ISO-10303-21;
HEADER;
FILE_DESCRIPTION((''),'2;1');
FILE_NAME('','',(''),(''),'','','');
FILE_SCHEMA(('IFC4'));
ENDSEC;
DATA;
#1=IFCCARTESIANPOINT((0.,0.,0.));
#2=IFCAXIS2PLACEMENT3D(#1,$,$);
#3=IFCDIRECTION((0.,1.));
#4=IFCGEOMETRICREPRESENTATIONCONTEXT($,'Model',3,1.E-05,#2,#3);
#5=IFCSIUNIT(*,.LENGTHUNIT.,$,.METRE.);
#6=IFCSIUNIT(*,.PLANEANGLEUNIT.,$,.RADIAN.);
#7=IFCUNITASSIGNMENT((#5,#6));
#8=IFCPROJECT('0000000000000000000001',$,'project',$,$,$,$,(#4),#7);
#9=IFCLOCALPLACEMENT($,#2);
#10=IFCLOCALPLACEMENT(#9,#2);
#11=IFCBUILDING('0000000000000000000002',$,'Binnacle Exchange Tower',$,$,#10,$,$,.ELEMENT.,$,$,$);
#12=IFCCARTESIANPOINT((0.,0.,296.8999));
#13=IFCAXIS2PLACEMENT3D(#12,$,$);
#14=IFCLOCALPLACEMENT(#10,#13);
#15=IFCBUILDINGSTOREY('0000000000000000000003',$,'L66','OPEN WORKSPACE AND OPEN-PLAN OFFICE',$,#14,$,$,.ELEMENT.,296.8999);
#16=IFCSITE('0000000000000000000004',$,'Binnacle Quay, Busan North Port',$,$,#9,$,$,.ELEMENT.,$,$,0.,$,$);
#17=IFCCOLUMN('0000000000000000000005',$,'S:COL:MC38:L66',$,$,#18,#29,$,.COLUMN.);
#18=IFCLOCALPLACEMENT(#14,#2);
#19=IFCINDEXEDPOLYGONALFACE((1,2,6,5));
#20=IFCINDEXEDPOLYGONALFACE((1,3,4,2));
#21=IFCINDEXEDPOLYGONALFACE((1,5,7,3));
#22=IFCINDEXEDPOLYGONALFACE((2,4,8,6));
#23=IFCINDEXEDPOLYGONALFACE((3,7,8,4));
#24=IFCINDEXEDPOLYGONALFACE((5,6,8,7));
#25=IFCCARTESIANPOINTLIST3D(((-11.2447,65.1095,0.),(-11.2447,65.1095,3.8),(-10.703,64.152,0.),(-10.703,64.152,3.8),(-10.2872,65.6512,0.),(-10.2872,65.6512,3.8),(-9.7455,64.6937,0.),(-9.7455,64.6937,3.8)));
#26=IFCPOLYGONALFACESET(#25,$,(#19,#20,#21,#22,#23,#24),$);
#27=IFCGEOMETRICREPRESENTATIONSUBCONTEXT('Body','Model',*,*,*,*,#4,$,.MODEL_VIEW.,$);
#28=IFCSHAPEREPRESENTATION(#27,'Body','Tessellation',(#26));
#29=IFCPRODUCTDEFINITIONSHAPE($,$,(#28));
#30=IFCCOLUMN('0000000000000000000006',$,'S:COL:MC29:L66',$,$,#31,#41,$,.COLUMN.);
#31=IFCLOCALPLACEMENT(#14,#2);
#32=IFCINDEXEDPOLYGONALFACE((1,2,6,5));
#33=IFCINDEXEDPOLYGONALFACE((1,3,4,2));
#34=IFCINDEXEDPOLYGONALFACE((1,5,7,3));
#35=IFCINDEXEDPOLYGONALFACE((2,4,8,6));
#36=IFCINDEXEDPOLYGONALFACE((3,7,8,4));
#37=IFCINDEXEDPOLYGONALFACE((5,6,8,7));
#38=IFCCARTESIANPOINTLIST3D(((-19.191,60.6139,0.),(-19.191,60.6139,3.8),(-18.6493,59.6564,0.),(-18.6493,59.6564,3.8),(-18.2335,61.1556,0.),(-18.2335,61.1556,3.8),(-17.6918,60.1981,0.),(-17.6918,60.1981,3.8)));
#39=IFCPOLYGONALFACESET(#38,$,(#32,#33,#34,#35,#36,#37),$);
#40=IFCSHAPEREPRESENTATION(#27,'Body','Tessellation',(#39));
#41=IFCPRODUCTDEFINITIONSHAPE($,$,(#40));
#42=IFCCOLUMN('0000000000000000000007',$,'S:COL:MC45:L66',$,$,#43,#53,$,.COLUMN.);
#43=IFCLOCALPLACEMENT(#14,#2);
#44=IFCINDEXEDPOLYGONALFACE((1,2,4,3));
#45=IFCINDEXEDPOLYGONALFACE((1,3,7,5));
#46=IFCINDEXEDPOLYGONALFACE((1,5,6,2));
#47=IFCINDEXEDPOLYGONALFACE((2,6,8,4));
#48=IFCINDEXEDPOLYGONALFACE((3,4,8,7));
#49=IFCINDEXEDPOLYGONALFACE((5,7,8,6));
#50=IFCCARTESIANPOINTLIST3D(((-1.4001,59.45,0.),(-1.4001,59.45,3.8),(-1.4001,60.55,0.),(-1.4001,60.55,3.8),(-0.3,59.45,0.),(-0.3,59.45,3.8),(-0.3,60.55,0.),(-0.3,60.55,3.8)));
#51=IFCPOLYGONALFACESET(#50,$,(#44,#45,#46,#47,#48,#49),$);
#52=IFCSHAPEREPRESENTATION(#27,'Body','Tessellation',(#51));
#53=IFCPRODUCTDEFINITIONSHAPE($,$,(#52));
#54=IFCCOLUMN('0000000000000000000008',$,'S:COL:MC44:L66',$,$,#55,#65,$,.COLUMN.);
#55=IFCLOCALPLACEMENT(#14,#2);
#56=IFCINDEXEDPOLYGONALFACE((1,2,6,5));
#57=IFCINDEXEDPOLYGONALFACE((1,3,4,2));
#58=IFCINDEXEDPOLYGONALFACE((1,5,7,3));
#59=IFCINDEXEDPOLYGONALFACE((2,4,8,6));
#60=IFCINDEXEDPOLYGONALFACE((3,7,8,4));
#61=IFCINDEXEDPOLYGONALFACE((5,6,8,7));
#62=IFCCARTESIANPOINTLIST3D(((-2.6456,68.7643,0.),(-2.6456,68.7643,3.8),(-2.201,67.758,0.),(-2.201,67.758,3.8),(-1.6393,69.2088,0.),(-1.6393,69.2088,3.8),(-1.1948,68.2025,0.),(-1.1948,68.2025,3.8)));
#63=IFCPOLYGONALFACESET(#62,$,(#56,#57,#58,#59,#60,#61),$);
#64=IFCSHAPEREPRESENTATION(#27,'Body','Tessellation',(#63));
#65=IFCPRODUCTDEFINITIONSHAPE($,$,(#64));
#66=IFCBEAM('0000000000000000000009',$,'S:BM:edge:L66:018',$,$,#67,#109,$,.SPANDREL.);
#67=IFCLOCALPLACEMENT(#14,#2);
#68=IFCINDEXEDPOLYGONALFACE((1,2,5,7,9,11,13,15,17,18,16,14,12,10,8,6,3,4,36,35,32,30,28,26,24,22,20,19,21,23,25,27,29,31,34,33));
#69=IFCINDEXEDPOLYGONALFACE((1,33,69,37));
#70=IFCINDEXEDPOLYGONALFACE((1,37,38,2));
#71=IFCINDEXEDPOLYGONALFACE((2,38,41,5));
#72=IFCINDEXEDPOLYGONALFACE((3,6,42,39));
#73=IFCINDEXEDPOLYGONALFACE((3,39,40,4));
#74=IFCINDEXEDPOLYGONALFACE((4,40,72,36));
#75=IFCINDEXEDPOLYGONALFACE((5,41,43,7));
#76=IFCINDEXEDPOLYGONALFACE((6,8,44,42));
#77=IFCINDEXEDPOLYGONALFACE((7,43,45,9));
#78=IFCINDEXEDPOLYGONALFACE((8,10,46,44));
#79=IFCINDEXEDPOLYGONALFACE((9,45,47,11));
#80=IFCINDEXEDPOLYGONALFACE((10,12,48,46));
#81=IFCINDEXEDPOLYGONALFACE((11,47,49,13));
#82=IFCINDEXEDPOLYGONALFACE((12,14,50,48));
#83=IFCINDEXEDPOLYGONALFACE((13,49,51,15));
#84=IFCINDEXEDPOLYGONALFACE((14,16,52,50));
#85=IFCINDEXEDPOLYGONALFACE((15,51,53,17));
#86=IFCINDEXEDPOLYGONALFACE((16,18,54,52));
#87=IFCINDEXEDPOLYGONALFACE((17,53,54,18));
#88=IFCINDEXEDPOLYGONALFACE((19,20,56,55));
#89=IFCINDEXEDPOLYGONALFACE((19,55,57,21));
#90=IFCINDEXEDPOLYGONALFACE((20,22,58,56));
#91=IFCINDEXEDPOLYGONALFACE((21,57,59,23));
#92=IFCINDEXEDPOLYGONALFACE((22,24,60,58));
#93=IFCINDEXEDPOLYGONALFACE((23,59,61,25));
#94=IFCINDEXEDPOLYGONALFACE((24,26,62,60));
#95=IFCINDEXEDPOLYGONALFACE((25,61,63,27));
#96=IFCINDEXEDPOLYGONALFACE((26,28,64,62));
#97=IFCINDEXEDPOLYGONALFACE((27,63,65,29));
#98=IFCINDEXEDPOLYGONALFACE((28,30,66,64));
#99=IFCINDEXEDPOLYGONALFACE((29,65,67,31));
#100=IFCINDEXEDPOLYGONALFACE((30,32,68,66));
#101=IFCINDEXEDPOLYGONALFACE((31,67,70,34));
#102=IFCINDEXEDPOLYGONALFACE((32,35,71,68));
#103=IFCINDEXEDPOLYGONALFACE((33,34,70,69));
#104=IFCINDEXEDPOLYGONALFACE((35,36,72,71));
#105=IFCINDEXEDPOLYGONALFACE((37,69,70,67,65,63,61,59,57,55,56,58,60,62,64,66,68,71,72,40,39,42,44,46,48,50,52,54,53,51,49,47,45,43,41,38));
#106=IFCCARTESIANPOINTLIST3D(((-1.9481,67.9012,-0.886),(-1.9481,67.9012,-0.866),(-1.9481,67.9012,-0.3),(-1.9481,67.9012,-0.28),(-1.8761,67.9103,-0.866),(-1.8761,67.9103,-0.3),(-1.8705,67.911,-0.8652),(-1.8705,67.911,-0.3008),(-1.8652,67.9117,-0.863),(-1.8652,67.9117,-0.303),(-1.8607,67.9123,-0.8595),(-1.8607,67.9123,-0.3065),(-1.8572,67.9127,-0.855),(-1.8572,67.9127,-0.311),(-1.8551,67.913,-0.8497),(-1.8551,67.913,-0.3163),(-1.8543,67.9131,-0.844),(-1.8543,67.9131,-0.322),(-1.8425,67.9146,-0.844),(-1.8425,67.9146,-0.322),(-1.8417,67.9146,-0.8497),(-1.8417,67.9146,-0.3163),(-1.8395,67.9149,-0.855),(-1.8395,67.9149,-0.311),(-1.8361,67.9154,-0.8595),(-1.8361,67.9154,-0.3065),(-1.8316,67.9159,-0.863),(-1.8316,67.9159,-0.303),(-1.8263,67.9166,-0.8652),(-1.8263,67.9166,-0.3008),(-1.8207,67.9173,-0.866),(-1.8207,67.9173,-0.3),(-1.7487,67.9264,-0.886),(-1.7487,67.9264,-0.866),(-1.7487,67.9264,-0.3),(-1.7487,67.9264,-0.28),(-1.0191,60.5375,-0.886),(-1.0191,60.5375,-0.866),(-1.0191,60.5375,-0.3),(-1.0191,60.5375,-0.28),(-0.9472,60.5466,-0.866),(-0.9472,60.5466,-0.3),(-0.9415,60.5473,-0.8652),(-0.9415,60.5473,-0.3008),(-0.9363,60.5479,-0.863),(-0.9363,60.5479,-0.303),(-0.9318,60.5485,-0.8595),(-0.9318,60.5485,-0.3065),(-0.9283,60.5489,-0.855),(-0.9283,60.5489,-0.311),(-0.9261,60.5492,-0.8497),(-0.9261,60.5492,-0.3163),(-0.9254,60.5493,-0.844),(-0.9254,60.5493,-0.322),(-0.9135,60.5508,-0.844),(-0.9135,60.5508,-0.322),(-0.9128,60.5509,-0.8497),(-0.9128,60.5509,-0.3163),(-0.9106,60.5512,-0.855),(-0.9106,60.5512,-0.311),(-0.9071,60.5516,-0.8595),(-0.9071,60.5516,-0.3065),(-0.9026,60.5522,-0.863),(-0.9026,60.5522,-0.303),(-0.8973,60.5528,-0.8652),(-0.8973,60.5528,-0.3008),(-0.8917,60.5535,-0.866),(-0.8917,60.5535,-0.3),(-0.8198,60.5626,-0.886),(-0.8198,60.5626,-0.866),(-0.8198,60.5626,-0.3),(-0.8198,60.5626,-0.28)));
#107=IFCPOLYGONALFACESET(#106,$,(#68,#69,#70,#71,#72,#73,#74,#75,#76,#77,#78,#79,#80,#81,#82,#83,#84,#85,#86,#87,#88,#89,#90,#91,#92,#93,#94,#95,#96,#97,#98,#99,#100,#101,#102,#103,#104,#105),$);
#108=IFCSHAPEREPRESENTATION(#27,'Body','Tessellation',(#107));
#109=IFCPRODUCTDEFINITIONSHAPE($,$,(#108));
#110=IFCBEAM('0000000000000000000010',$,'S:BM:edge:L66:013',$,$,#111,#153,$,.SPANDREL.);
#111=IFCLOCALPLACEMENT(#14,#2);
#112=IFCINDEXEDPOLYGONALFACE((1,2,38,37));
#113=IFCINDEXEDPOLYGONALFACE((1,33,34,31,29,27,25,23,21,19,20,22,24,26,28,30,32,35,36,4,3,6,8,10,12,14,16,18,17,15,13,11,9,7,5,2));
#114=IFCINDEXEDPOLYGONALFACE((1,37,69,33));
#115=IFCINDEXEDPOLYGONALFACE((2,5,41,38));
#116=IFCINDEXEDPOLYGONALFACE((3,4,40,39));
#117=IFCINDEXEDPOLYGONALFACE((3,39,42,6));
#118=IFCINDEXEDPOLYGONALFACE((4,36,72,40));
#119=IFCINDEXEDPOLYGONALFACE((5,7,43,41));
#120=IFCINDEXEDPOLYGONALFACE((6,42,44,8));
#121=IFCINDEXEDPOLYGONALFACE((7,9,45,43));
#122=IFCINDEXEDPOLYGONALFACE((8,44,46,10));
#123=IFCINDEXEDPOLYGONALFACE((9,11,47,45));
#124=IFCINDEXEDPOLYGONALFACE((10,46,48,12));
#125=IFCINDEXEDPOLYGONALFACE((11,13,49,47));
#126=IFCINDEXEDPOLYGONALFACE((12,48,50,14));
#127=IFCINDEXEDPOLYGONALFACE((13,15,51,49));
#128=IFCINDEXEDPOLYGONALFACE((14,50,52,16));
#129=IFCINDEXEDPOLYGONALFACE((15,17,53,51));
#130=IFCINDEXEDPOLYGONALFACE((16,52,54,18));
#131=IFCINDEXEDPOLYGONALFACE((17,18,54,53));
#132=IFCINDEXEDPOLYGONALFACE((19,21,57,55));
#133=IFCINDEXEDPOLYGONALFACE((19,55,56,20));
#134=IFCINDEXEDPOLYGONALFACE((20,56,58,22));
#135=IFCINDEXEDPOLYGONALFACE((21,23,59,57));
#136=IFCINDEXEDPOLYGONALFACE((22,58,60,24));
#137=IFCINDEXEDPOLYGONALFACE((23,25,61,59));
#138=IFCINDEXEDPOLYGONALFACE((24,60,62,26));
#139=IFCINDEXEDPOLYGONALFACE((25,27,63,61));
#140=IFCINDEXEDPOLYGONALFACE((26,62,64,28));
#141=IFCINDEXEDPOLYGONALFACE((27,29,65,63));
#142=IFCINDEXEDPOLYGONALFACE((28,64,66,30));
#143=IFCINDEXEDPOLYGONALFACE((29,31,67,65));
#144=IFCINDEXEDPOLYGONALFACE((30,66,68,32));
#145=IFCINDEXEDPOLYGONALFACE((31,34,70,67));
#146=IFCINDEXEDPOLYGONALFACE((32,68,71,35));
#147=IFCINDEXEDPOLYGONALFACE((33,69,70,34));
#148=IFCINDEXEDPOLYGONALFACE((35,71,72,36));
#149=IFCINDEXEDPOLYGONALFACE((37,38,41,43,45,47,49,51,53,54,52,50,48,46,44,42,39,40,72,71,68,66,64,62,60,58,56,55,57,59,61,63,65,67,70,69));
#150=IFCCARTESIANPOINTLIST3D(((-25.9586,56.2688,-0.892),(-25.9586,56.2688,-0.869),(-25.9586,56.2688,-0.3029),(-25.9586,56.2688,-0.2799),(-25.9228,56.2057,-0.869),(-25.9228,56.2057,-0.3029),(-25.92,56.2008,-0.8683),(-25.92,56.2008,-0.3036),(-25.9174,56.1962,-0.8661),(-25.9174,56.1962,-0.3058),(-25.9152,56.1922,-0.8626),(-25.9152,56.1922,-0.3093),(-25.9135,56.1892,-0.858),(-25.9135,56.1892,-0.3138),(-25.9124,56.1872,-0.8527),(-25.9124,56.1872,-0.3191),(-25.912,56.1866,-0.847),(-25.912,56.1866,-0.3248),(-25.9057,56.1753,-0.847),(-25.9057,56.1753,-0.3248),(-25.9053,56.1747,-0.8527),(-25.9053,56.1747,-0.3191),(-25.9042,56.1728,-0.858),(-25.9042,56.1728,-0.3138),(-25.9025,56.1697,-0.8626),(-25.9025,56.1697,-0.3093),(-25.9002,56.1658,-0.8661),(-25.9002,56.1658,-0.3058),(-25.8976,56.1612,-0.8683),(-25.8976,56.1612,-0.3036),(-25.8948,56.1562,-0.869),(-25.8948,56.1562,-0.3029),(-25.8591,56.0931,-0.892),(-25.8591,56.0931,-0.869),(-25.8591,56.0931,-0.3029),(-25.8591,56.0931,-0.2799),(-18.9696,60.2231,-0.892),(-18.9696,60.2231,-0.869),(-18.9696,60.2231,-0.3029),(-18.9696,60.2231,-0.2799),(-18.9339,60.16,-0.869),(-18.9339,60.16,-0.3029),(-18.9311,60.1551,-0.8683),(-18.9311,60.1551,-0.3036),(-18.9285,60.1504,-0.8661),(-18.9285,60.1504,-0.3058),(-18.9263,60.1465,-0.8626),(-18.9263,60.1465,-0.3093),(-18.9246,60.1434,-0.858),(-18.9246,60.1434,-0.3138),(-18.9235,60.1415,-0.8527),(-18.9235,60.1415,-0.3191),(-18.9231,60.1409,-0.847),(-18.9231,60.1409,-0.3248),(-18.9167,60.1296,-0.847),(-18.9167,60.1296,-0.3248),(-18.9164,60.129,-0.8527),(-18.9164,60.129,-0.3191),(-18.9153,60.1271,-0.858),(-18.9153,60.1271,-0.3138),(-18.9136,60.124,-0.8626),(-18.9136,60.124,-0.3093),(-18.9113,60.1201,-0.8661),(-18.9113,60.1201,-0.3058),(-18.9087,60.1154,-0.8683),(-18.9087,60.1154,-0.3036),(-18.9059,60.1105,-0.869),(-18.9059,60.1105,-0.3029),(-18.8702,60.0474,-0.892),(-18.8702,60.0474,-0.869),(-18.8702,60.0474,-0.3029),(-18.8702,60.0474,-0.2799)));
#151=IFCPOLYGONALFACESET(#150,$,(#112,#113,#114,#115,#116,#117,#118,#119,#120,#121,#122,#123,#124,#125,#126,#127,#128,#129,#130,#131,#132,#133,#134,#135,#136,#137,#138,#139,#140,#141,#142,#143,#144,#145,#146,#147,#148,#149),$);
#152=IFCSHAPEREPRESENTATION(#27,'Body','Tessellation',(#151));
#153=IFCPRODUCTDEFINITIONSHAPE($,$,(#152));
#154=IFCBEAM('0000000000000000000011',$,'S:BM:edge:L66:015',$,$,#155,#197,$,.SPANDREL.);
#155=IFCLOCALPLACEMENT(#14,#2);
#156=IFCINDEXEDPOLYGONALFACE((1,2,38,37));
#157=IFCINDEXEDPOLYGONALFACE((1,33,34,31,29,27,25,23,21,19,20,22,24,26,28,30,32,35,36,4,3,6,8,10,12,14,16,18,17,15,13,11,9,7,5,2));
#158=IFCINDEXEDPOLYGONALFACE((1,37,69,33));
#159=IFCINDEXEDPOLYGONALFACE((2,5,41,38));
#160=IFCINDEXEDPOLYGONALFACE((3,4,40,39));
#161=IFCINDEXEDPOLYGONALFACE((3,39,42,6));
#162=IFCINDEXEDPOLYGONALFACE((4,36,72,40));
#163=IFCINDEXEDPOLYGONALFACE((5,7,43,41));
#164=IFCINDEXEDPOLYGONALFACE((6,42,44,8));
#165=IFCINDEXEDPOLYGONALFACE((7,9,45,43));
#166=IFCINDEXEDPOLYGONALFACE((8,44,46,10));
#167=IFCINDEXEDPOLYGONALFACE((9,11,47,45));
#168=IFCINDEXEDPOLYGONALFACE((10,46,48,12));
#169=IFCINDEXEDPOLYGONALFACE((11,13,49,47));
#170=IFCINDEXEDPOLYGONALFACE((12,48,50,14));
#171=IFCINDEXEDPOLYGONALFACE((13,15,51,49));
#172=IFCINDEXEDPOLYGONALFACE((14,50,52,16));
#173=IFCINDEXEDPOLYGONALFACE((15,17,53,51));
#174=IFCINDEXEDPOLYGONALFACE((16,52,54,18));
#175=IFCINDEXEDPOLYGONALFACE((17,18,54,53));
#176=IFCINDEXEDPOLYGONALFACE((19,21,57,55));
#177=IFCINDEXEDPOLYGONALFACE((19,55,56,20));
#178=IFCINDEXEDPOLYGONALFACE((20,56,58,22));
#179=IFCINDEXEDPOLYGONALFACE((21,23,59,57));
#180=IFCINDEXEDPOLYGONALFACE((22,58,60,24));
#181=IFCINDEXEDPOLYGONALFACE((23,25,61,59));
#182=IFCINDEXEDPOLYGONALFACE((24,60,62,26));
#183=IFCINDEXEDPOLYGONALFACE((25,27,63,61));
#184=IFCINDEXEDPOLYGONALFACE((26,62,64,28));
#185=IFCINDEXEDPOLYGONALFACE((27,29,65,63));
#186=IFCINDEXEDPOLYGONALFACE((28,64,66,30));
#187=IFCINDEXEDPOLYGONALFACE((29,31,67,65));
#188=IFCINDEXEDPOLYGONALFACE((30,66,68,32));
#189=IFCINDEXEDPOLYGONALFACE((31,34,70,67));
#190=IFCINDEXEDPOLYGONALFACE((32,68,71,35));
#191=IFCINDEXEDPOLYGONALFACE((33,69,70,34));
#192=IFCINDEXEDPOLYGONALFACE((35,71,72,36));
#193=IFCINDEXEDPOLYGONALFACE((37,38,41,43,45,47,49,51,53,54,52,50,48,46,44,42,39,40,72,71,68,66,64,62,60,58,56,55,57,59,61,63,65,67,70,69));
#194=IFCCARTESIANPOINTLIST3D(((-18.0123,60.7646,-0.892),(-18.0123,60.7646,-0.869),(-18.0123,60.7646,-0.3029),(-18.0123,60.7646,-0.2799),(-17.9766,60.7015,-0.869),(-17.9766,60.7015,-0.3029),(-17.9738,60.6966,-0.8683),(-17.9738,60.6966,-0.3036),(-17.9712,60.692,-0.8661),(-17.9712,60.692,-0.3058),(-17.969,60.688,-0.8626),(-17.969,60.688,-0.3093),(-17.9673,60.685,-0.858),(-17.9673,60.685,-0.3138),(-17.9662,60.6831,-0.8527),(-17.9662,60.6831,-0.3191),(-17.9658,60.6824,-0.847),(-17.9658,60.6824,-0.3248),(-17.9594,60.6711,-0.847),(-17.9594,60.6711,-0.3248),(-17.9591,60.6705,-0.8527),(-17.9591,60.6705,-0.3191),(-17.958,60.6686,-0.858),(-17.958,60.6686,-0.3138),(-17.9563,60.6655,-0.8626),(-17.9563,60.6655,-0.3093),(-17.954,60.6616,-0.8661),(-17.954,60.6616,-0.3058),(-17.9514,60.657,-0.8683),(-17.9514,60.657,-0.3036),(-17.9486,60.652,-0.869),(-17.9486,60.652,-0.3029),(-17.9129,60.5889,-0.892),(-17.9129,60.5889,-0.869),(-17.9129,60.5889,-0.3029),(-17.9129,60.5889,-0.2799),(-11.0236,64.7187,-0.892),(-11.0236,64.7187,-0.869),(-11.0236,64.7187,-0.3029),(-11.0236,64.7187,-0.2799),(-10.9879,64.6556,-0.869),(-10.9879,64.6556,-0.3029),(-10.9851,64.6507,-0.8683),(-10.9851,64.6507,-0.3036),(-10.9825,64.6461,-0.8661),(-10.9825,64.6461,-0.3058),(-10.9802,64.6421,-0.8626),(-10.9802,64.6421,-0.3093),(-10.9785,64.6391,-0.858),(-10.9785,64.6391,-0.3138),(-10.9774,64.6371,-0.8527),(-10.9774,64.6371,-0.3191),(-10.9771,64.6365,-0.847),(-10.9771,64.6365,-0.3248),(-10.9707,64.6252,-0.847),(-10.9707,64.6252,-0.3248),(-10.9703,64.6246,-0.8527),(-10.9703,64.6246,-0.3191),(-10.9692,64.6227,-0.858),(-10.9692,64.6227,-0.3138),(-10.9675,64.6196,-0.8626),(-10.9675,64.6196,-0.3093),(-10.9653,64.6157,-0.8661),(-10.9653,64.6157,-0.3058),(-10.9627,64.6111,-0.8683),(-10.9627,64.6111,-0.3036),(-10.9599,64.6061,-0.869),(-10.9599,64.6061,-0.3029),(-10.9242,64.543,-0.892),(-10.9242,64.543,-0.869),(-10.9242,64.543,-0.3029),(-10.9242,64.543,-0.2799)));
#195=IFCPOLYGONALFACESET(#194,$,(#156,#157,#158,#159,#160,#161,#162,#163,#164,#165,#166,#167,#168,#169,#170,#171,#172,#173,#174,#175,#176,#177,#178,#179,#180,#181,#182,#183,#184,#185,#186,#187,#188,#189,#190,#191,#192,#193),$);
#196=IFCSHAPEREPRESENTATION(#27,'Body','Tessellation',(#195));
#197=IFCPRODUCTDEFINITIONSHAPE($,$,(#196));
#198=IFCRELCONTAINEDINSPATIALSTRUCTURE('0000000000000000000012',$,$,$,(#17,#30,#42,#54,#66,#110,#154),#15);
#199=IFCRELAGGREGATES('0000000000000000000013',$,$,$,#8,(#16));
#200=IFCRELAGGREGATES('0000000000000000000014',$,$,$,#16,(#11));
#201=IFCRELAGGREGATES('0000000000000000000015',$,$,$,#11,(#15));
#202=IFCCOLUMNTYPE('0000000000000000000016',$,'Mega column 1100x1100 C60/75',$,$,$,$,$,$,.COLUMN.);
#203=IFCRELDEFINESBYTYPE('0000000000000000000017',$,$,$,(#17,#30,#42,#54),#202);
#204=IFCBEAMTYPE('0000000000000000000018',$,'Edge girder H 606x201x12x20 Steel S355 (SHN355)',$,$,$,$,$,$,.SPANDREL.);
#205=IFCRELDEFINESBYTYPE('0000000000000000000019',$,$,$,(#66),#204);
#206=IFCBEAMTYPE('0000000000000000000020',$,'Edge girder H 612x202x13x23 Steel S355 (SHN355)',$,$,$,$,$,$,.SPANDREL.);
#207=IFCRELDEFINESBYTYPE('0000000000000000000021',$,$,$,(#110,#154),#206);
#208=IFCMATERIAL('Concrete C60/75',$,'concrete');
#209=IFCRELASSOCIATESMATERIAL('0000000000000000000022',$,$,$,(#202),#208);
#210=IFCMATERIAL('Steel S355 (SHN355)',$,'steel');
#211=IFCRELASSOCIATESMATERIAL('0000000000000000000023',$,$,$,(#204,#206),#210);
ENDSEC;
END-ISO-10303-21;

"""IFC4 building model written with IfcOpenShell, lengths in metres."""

from ifc_helpers import new_model, si_unit, direction, frame, origin, origin_2d, place, context, subcontext, project, spatial, rectangle, i_section, extrude, material, material_profile, profile_set, type_object, element, save


model = new_model("IFC4")

# Units and contexts
model_context = context("Model", 3, precision=1e-05, world=origin(), true_north=direction((0.0, 1.0)))
body_context = subcontext(model_context, "Body", "Model", "MODEL_VIEW")
ifc_project = project(units=[si_unit("LENGTHUNIT", "METRE"), si_unit("PLANEANGLEUNIT", "RADIAN")], contexts=[model_context])

# Site, building, storey
site_placement = place(None, origin())
site = spatial("IfcSite", under=ifc_project, at=site_placement, Name="Binnacle Quay, Busan North Port", CompositionType="ELEMENT", RefElevation=0.0)
building_placement = place(site_placement, origin())
building = spatial("IfcBuilding", under=site, at=building_placement, Name="Binnacle Exchange Tower", CompositionType="ELEMENT")
storey_placement = place(building_placement, frame((0.0, 0.0, 296.8999)))
storey = spatial("IfcBuildingStorey", under=building, at=storey_placement, Name="L66", Description="OPEN WORKSPACE AND OPEN-PLAN OFFICE", CompositionType="ELEMENT", Elevation=296.8999)

# Columns
ifc_material_1 = material(Name="Concrete C60/75", Category="concrete")
ifc_material_profile_1 = material_profile(ifc_material_1, rectangle(XDim=1.1001, YDim=1.1001, at=origin_2d()), Name="Mega column 1100x1100 C60/75")
ifc_profile_set_1 = profile_set([ifc_material_profile_1], Name="Concrete C60/75")
column_type = type_object("IfcColumnType", Name="Mega column 1100x1100 C60/75", PredefinedType="COLUMN", material=ifc_profile_set_1)
for number, where, z_axis, x_axis, name in (
    (1, (-10.4951, 64.9016, 0.0), (0.0, 0.0, 1.0), (-0.870356, -0.492424, 0.0), "S:COL:MC38:L66"),
    (2, (-18.4414, 60.406, 0.0), (0.0, 0.0, 1.0), (-0.870356, -0.492424, 0.0), "S:COL:MC29:L66"),
    (3, (-0.8501, 60.0, 0.0), (0.0, 0.0, 1.0), (0.0, 1.0, 0.0), "S:COL:MC45:L66"),
    (4, (-1.9202, 68.4834, 0.0), (0.0, 0.0, 1.0), (-0.914713, -0.404104, 0.0), "S:COL:MC44:L66"),
):
    element("IfcColumn", number, at=place(storey_placement, frame(where, z_axis=z_axis, x_axis=x_axis)), inside=storey, type_object=column_type, Name=name, PredefinedType="COLUMN", context=body_context, shape_type="SweptSolid", body=[
        extrude(rectangle(XDim=1.1001, YDim=1.1001, at=origin_2d()), origin(), (0.0, 0.0, 1.0), 3.8),
    ])

# Beams
ifc_material_2 = material(Name="Steel S355 (SHN355)", Category="steel")
ifc_material_profile_2 = material_profile(ifc_material_2, i_section(OverallWidth=0.2009, OverallDepth=0.606, WebThickness=0.012, FlangeThickness=0.02, FilletRadius=0.022, at=origin_2d()), Name="H 606x201x12x20")
ifc_profile_set_2 = profile_set([ifc_material_profile_2], Name="Steel S355 (SHN355)")
beam_type_1 = type_object("IfcBeamType", Name="Edge girder H 606x201x12x20 Steel S355 (SHN355)", PredefinedType="SPANDREL", material=ifc_profile_set_2)
beam_1_placement = place(storey_placement, frame((-0.9194, 60.55, -0.583), z_axis=(-0.12516, 0.992137, 0.0), x_axis=(-0.992137, -0.12516, 0.0)))
element("IfcBeam", 5, at=beam_1_placement, inside=storey, type_object=beam_type_1, Name="S:BM:edge:L66:018", PredefinedType="SPANDREL", context=body_context, shape_type="SweptSolid", body=[
    extrude(i_section(OverallWidth=0.2009, OverallDepth=0.606, WebThickness=0.012, FlangeThickness=0.02, FilletRadius=0.022, at=origin_2d()), origin(), (0.0, 0.0, 1.0), 7.4221),
])
ifc_material_profile_3 = material_profile(ifc_material_2, i_section(OverallWidth=0.2019, OverallDepth=0.6121, WebThickness=0.0129, FlangeThickness=0.0229, FilletRadius=0.022, at=origin_2d()), Name="H 612x202x13x23")
ifc_profile_set_3 = profile_set([ifc_material_profile_3], Name="Steel S355 (SHN355)")
beam_type_2 = type_object("IfcBeamType", Name="Edge girder H 612x202x13x23 Steel S355 (SHN355)", PredefinedType="SPANDREL", material=ifc_profile_set_3)
beam_2_placement = place(storey_placement, frame((-18.9199, 60.1353, -0.5859), z_axis=(-0.870348, -0.492438, 0.0), x_axis=(0.492438, -0.870348, 0.0)))
element("IfcBeam", 6, at=beam_2_placement, inside=storey, type_object=beam_type_2, Name="S:BM:edge:L66:013", PredefinedType="SPANDREL", context=body_context, shape_type="SweptSolid", body=[
    extrude(i_section(OverallWidth=0.2019, OverallDepth=0.6121, WebThickness=0.0129, FlangeThickness=0.0229, FilletRadius=0.022, at=origin_2d()), origin(), (0.0, 0.0, 1.0), 8.03),
])
beam_3_placement = place(storey_placement, frame((-10.9739, 64.6309, -0.5859), z_axis=(-0.870353, -0.492428, 0.0), x_axis=(0.492428, -0.870353, 0.0)))
element("IfcBeam", 7, at=beam_3_placement, inside=storey, type_object=beam_type_2, Name="S:BM:edge:L66:015", PredefinedType="SPANDREL", context=body_context, shape_type="SweptSolid", body=[
    extrude(i_section(OverallWidth=0.2019, OverallDepth=0.6121, WebThickness=0.0129, FlangeThickness=0.0229, FilletRadius=0.022, at=origin_2d()), origin(), (0.0, 0.0, 1.0), 8.0298),
])

save(model, "model.ifc")
